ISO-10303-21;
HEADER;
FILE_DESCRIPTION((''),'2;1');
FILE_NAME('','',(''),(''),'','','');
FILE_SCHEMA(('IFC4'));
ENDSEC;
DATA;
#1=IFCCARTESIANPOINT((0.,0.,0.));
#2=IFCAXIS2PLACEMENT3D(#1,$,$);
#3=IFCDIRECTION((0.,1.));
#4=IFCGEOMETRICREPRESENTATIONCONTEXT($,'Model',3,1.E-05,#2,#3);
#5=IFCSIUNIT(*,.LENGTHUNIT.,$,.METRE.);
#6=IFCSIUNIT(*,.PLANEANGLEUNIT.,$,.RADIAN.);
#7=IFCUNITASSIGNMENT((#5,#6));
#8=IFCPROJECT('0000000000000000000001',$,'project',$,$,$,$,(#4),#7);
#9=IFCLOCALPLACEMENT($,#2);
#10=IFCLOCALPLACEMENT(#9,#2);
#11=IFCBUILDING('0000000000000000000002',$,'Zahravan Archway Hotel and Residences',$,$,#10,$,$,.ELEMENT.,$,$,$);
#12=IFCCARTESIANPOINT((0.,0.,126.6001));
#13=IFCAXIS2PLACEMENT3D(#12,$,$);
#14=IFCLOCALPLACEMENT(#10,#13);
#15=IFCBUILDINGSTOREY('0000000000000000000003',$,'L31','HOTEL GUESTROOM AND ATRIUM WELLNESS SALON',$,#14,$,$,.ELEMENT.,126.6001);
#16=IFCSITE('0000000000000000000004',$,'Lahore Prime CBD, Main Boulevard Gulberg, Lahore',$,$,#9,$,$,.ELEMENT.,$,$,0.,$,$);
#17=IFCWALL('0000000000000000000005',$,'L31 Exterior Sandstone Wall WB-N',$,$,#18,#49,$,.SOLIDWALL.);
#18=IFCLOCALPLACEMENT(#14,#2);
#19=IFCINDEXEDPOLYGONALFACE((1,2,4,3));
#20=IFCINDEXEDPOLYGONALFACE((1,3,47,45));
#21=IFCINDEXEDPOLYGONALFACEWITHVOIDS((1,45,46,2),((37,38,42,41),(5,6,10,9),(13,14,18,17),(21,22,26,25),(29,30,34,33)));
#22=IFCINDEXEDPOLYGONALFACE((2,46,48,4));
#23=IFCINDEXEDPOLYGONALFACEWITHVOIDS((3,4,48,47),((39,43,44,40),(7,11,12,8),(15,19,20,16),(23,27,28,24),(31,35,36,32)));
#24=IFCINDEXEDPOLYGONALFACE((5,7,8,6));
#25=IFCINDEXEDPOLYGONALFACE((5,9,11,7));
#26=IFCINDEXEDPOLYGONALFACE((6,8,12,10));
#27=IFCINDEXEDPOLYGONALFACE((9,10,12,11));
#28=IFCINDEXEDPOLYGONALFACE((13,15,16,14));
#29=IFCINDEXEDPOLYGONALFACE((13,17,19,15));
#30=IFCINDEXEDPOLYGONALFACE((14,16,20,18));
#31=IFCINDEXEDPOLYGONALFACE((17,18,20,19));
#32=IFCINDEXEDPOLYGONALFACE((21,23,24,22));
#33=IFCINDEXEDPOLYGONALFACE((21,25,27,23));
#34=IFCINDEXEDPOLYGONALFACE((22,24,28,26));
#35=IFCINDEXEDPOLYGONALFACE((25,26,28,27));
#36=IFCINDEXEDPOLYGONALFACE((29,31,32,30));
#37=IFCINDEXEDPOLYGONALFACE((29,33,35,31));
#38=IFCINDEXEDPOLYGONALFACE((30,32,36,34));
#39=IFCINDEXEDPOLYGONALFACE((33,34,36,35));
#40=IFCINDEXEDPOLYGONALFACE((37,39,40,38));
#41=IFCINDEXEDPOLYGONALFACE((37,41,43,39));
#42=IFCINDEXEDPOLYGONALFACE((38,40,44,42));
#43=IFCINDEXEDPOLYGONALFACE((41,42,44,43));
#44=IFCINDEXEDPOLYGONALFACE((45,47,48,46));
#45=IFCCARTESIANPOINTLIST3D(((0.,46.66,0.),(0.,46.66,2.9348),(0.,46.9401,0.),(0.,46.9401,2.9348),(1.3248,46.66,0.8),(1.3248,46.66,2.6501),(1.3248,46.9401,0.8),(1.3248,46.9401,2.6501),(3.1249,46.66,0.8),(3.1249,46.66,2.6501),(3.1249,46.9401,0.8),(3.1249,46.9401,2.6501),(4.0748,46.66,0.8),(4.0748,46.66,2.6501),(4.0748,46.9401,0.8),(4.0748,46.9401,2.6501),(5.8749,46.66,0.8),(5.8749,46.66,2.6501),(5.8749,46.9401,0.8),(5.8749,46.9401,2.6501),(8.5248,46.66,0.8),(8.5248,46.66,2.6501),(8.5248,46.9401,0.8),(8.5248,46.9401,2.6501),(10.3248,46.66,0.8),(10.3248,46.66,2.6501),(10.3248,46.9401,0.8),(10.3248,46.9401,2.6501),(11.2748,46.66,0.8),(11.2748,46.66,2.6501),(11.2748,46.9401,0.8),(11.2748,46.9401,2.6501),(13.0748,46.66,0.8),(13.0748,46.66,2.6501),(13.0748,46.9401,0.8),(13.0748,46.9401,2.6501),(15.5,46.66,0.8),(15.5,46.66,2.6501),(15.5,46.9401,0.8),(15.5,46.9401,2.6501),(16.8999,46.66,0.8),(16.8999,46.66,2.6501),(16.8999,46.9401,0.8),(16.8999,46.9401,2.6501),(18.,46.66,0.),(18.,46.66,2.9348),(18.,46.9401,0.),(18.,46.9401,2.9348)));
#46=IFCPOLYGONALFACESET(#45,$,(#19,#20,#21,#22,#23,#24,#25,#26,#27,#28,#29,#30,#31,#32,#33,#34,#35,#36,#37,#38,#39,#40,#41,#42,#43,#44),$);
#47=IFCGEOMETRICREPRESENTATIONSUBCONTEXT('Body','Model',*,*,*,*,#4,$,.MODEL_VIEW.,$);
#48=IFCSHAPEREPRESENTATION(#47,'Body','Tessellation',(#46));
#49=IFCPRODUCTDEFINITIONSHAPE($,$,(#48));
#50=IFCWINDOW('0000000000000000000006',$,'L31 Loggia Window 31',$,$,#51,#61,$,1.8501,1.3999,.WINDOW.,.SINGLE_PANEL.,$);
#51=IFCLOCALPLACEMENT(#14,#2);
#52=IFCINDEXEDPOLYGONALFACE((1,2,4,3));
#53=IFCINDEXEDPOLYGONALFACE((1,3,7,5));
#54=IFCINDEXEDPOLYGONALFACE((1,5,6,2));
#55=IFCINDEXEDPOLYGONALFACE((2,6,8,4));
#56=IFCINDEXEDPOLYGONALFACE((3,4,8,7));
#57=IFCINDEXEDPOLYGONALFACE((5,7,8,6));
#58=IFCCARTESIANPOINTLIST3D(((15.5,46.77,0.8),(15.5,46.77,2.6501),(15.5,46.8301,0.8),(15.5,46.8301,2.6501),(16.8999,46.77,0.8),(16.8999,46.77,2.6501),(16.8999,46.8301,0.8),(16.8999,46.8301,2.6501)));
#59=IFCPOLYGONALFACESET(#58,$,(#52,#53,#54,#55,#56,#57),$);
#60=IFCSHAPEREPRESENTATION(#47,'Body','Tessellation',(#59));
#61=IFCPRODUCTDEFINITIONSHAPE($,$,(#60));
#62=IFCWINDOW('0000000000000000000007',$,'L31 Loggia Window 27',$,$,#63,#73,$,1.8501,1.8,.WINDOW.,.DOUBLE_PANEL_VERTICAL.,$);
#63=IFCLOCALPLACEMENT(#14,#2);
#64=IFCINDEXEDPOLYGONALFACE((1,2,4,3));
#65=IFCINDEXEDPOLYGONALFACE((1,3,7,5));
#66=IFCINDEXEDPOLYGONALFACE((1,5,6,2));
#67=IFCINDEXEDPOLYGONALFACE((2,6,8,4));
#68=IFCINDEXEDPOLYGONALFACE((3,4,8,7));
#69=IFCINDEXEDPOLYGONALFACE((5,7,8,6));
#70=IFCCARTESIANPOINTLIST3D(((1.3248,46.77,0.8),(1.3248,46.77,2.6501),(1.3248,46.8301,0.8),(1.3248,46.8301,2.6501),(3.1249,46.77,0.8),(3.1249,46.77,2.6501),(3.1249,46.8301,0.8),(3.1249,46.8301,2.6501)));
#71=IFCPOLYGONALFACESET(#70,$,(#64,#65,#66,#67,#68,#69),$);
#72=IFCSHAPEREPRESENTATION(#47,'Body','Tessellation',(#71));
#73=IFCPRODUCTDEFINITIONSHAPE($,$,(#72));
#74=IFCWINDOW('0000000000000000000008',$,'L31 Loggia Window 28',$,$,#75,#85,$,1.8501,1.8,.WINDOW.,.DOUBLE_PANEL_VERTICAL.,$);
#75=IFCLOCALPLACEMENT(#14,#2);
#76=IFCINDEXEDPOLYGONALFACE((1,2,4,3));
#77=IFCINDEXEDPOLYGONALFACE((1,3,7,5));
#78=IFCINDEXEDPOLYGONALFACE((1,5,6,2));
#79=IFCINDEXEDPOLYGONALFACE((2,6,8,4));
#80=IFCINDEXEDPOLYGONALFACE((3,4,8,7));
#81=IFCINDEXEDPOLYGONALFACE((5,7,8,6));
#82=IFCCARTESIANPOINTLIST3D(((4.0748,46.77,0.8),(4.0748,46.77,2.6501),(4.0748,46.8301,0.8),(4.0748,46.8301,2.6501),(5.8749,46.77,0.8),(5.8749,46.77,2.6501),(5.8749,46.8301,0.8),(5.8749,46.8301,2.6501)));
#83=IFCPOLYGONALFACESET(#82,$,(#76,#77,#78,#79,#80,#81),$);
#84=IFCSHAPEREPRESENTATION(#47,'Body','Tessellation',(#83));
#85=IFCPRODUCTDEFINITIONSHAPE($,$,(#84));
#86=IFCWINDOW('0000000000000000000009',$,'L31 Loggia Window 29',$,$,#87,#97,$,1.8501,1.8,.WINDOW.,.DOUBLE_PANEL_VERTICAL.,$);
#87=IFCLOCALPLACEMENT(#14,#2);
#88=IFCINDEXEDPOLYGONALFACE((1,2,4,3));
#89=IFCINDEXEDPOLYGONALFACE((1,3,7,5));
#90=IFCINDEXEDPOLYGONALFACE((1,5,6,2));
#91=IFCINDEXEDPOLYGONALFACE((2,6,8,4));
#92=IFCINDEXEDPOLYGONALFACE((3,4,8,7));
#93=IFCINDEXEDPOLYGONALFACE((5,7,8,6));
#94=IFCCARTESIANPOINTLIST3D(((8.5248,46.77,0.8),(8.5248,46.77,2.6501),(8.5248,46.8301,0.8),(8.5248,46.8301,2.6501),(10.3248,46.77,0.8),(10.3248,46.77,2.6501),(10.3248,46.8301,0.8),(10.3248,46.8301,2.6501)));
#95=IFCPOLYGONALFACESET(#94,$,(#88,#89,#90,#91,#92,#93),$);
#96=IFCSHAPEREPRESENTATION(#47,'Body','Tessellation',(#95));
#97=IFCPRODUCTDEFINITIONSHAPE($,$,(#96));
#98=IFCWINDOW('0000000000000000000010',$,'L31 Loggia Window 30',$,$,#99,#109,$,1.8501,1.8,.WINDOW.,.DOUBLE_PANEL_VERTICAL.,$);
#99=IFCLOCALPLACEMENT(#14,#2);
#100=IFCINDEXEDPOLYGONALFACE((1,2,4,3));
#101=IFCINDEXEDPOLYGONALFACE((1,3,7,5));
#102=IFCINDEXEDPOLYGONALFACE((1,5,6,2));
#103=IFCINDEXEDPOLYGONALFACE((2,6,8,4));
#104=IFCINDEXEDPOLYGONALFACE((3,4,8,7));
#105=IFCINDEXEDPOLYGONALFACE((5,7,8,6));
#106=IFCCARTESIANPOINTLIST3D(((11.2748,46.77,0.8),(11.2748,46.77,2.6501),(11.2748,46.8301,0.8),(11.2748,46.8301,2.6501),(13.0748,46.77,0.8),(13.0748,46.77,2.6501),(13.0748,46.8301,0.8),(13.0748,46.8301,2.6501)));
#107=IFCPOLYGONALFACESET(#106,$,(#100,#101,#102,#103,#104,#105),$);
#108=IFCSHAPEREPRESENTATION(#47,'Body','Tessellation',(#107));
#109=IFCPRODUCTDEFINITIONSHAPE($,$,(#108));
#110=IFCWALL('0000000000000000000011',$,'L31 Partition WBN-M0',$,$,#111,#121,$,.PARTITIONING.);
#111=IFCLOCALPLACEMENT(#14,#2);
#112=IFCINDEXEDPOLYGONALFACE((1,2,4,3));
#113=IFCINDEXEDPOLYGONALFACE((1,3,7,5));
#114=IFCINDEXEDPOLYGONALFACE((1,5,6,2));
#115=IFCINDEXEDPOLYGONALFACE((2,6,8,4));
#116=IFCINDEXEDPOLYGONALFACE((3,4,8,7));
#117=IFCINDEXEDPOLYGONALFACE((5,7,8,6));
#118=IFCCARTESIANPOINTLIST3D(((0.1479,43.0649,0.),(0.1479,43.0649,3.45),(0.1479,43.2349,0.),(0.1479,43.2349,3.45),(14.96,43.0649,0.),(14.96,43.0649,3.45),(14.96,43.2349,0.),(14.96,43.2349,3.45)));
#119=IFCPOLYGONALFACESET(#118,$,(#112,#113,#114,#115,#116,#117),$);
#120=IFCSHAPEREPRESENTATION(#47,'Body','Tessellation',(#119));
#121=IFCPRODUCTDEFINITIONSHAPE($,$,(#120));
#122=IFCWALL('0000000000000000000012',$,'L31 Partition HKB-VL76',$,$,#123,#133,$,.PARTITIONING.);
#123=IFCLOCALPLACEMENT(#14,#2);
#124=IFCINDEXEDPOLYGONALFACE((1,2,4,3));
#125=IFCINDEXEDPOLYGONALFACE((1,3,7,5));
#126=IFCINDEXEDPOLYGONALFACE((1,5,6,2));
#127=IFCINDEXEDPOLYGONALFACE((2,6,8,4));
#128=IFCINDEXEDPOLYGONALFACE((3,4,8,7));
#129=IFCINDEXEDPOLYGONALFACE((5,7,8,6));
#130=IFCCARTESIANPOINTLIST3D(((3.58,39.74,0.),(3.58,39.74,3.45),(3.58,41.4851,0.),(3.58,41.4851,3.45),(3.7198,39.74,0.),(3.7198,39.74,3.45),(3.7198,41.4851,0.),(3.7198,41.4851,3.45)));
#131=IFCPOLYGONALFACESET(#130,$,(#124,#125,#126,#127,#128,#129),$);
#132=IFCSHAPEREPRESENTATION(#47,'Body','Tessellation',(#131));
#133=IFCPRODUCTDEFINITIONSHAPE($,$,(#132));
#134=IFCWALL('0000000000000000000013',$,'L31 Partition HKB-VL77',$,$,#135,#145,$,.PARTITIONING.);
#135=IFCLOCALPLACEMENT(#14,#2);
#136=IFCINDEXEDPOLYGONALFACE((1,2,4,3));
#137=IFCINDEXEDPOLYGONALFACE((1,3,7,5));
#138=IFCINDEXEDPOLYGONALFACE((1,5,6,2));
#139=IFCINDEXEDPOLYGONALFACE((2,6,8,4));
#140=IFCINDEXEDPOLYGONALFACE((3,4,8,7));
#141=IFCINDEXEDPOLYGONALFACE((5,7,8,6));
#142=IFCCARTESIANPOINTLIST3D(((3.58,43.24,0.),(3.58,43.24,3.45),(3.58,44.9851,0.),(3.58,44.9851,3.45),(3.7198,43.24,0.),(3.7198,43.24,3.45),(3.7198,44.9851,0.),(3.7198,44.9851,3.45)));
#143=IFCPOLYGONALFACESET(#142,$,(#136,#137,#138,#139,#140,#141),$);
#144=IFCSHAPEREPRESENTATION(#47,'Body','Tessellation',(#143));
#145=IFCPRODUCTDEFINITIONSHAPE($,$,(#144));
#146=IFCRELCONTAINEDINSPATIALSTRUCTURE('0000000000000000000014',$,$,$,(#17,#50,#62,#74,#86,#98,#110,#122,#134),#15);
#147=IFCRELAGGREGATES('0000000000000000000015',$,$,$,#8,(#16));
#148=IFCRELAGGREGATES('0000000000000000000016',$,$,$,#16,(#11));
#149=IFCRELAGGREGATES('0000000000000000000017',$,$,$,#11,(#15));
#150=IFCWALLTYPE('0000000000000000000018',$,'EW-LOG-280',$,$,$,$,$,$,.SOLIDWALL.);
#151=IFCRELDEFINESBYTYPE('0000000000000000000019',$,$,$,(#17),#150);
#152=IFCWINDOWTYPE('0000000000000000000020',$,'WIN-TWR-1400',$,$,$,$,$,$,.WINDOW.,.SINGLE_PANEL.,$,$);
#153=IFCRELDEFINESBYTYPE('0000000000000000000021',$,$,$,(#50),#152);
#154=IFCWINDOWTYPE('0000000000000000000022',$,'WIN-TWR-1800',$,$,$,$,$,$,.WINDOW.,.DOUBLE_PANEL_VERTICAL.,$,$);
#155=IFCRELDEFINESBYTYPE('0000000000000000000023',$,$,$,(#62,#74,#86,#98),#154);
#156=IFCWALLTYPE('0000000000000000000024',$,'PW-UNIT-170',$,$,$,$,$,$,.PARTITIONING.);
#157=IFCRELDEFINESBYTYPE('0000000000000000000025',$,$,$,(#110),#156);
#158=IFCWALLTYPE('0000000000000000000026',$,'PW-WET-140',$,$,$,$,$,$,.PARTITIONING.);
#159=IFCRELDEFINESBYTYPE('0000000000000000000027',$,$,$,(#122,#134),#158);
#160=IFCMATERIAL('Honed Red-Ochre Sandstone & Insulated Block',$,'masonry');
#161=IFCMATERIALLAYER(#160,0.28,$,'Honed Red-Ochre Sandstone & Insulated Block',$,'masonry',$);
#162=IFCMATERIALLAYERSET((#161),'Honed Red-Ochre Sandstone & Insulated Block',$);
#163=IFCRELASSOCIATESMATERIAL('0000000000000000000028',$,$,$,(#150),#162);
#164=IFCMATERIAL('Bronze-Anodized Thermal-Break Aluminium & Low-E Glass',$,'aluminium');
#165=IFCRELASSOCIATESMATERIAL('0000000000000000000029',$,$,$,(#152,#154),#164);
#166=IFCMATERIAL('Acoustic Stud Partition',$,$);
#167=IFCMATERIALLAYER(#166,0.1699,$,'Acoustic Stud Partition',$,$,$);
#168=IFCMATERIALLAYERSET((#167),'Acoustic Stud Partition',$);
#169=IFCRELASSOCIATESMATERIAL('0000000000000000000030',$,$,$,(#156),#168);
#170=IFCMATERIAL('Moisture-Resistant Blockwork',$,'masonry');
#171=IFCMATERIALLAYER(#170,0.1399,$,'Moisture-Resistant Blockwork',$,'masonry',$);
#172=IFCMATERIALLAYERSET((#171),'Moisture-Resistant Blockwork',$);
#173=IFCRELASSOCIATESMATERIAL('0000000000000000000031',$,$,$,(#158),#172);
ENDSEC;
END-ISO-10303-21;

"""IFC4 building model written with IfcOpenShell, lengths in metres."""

from ifc_helpers import new_model, si_unit, direction, frame, frame_2d, origin, place, context, subcontext, project, spatial, rectangle, extrude, source, transform, mapped, material, layer, layer_set, type_object, type_shapes, element, fill, save


model = new_model("IFC4")

# Units and contexts
model_context = context("Model", 3, precision=1e-05, world=origin(), true_north=direction((0.0, 1.0)))
body_context = subcontext(model_context, "Body", "Model", "MODEL_VIEW")
ifc_project = project(units=[si_unit("LENGTHUNIT", "METRE"), si_unit("PLANEANGLEUNIT", "RADIAN")], contexts=[model_context])

# Site, building, storey
site_placement = place(None, origin())
site = spatial("IfcSite", under=ifc_project, at=site_placement, Name="Lahore Prime CBD, Main Boulevard Gulberg, Lahore", CompositionType="ELEMENT", RefElevation=0.0)
building_placement = place(site_placement, origin())
building = spatial("IfcBuilding", under=site, at=building_placement, Name="Zahravan Archway Hotel and Residences", CompositionType="ELEMENT")
storey_placement = place(building_placement, frame((0.0, 0.0, 126.6001)))
storey = spatial("IfcBuildingStorey", under=building, at=storey_placement, Name="L31", Description="HOTEL GUESTROOM AND ATRIUM WELLNESS SALON", CompositionType="ELEMENT", Elevation=126.6001)

# Wall, openings, windows
ifc_material_1 = material(Name="Honed Red-Ochre Sandstone & Insulated Block", Category="masonry")
ifc_layer_1 = layer(ifc_material_1, 0.28, Name="Honed Red-Ochre Sandstone & Insulated Block", Category="masonry")
ifc_layer_set_1 = layer_set([ifc_layer_1], Name="Honed Red-Ochre Sandstone & Insulated Block")
wall_type_1 = type_object("IfcWallType", Name="EW-LOG-280", PredefinedType="SOLIDWALL", material=ifc_layer_set_1)
wall_1_placement = place(storey_placement, frame((0.0, 46.8, 0.0), z_axis=(0.0, 0.0, 1.0), x_axis=(1.0, 0.0, 0.0)))
wall_1 = element("IfcWall", 1, at=wall_1_placement, inside=storey, type_object=wall_type_1, Name="L31 Exterior Sandstone Wall WB-N", PredefinedType="SOLIDWALL", context=body_context, shape_type="SweptSolid", body=[
    extrude(rectangle(XDim=18.0, YDim=0.28, at=frame_2d((9.0, 0.0))), origin(), (0.0, 0.0, 1.0), 2.9348),
])
opening_1_placement = place(wall_1_placement, frame((1.325, 0.0, 0.8)))
opening_1 = element("IfcOpeningElement", 2, at=opening_1_placement, cuts=wall_1, PredefinedType="OPENING", context=body_context, shape_type="SweptSolid", body=[
    extrude(rectangle(XDim=1.8, YDim=1.8501, at=frame_2d((0.8999, 0.925))), frame((0.0, 0.1499, 0.0), z_axis=(0.0, -1.0, 0.0), x_axis=(1.0, 0.0, 0.0)), (0.0, 0.0, 1.0), 0.3),
])
opening_2_placement = place(wall_1_placement, frame((4.075, 0.0, 0.8)))
opening_2 = element("IfcOpeningElement", 3, at=opening_2_placement, cuts=wall_1, PredefinedType="OPENING", context=body_context, shape_type="SweptSolid", body=[
    extrude(rectangle(XDim=1.8, YDim=1.8501, at=frame_2d((0.8999, 0.925))), frame((0.0, 0.1499, 0.0), z_axis=(0.0, -1.0, 0.0), x_axis=(1.0, 0.0, 0.0)), (0.0, 0.0, 1.0), 0.3),
])
opening_3_placement = place(wall_1_placement, frame((8.5249, 0.0, 0.8)))
opening_3 = element("IfcOpeningElement", 4, at=opening_3_placement, cuts=wall_1, PredefinedType="OPENING", context=body_context, shape_type="SweptSolid", body=[
    extrude(rectangle(XDim=1.8, YDim=1.8501, at=frame_2d((0.8999, 0.925))), frame((0.0, 0.1499, 0.0), z_axis=(0.0, -1.0, 0.0), x_axis=(1.0, 0.0, 0.0)), (0.0, 0.0, 1.0), 0.3),
])
opening_4_placement = place(wall_1_placement, frame((11.2749, 0.0, 0.8)))
opening_4 = element("IfcOpeningElement", 5, at=opening_4_placement, cuts=wall_1, PredefinedType="OPENING", context=body_context, shape_type="SweptSolid", body=[
    extrude(rectangle(XDim=1.8, YDim=1.8501, at=frame_2d((0.8999, 0.925))), frame((0.0, 0.1499, 0.0), z_axis=(0.0, -1.0, 0.0), x_axis=(1.0, 0.0, 0.0)), (0.0, 0.0, 1.0), 0.3),
])
opening_5_placement = place(wall_1_placement, frame((15.5, 0.0, 0.8)))
opening_5 = element("IfcOpeningElement", 6, at=opening_5_placement, cuts=wall_1, PredefinedType="OPENING", context=body_context, shape_type="SweptSolid", body=[
    extrude(rectangle(XDim=1.3999, YDim=1.8501, at=frame_2d((0.7, 0.925))), frame((0.0, 0.1499, 0.0), z_axis=(0.0, -1.0, 0.0), x_axis=(1.0, 0.0, 0.0)), (0.0, 0.0, 1.0), 0.3),
])
ifc_material_2 = material(Name="Bronze-Anodized Thermal-Break Aluminium & Low-E Glass", Category="aluminium")
window_type_1 = type_object("IfcWindowType", Name="WIN-TWR-1400", PartitioningType="SINGLE_PANEL", PredefinedType="WINDOW", material=ifc_material_2)
shared_shape_1 = source(origin(), body_context, "Body", "SweptSolid", [
    extrude(rectangle(XDim=1.3999, YDim=1.8501, at=frame_2d((0.7, 0.925))), frame((0.0, 0.03, 0.0), z_axis=(0.0, -1.0, 0.0), x_axis=(1.0, 0.0, 0.0)), (0.0, 0.0, 1.0), 0.0601),
])
type_shapes(window_type_1, [shared_shape_1])
window_1_placement = place(opening_5_placement, origin())
window_1 = element("IfcWindow", 7, at=window_1_placement, inside=storey, type_object=window_type_1, Name="L31 Loggia Window 31", OverallHeight=1.8501, OverallWidth=1.3999, PartitioningType="SINGLE_PANEL", PredefinedType="WINDOW", context=body_context, shape_type="MappedRepresentation", body=[
    mapped(shared_shape_1, transform((0.0, 0.0, 0.0), scale=1.0)),
])
fill(opening_5, window_1)
window_type_2 = type_object("IfcWindowType", Name="WIN-TWR-1800", PartitioningType="DOUBLE_PANEL_VERTICAL", PredefinedType="WINDOW", material=ifc_material_2)
shared_shape_2 = source(origin(), body_context, "Body", "SweptSolid", [
    extrude(rectangle(XDim=1.8, YDim=1.8501, at=frame_2d((0.8999, 0.925))), frame((0.0, 0.03, 0.0), z_axis=(0.0, -1.0, 0.0), x_axis=(1.0, 0.0, 0.0)), (0.0, 0.0, 1.0), 0.0601),
])
type_shapes(window_type_2, [shared_shape_2])
window_2_placement = place(opening_1_placement, origin())
window_2 = element("IfcWindow", 8, at=window_2_placement, inside=storey, type_object=window_type_2, Name="L31 Loggia Window 27", OverallHeight=1.8501, OverallWidth=1.8, PartitioningType="DOUBLE_PANEL_VERTICAL", PredefinedType="WINDOW", context=body_context, shape_type="MappedRepresentation", body=[
    mapped(shared_shape_2, transform((0.0, 0.0, 0.0), scale=1.0)),
])
fill(opening_1, window_2)
window_3_placement = place(opening_2_placement, origin())
window_3 = element("IfcWindow", 9, at=window_3_placement, inside=storey, type_object=window_type_2, Name="L31 Loggia Window 28", OverallHeight=1.8501, OverallWidth=1.8, PartitioningType="DOUBLE_PANEL_VERTICAL", PredefinedType="WINDOW", context=body_context, shape_type="MappedRepresentation", body=[
    mapped(shared_shape_2, transform((0.0, 0.0, 0.0), scale=1.0)),
])
fill(opening_2, window_3)
window_4_placement = place(opening_3_placement, origin())
window_4 = element("IfcWindow", 10, at=window_4_placement, inside=storey, type_object=window_type_2, Name="L31 Loggia Window 29", OverallHeight=1.8501, OverallWidth=1.8, PartitioningType="DOUBLE_PANEL_VERTICAL", PredefinedType="WINDOW", context=body_context, shape_type="MappedRepresentation", body=[
    mapped(shared_shape_2, transform((0.0, 0.0, 0.0), scale=1.0)),
])
fill(opening_3, window_4)
window_5_placement = place(opening_4_placement, origin())
window_5 = element("IfcWindow", 11, at=window_5_placement, inside=storey, type_object=window_type_2, Name="L31 Loggia Window 30", OverallHeight=1.8501, OverallWidth=1.8, PartitioningType="DOUBLE_PANEL_VERTICAL", PredefinedType="WINDOW", context=body_context, shape_type="MappedRepresentation", body=[
    mapped(shared_shape_2, transform((0.0, 0.0, 0.0), scale=1.0)),
])
fill(opening_4, window_5)

# Shared definitions
ifc_material_3 = material(Name="Acoustic Stud Partition")
ifc_layer_2 = layer(ifc_material_3, 0.1699, Name="Acoustic Stud Partition")
ifc_layer_set_2 = layer_set([ifc_layer_2], Name="Acoustic Stud Partition")
wall_type_2 = type_object("IfcWallType", Name="PW-UNIT-170", PredefinedType="PARTITIONING", material=ifc_layer_set_2)

# Walls
wall_2_placement = place(storey_placement, frame((0.1479, 43.1499, 0.0), z_axis=(0.0, 0.0, 1.0), x_axis=(1.0, 0.0, 0.0)))
element("IfcWall", 12, at=wall_2_placement, inside=storey, type_object=wall_type_2, Name="L31 Partition WBN-M0", PredefinedType="PARTITIONING", context=body_context, shape_type="SweptSolid", body=[
    extrude(rectangle(XDim=14.812, YDim=0.1699, at=frame_2d((7.406, 0.0))), origin(), (0.0, 0.0, 1.0), 3.45),
])
ifc_material_4 = material(Name="Moisture-Resistant Blockwork", Category="masonry")
ifc_layer_3 = layer(ifc_material_4, 0.1399, Name="Moisture-Resistant Blockwork", Category="masonry")
ifc_layer_set_3 = layer_set([ifc_layer_3], Name="Moisture-Resistant Blockwork")
wall_type_3 = type_object("IfcWallType", Name="PW-WET-140", PredefinedType="PARTITIONING", material=ifc_layer_set_3)
for number, where, z_axis, x_axis, name in (
    (13, (3.6499, 39.74, 0.0), (0.0, 0.0, 1.0), (0.0, 1.0, 0.0), "L31 Partition HKB-VL76"),
    (14, (3.6499, 43.24, 0.0), (0.0, 0.0, 1.0), (0.0, 1.0, 0.0), "L31 Partition HKB-VL77"),
):
    element("IfcWall", number, at=place(storey_placement, frame(where, z_axis=z_axis, x_axis=x_axis)), inside=storey, type_object=wall_type_3, Name=name, PredefinedType="PARTITIONING", context=body_context, shape_type="SweptSolid", body=[
        extrude(rectangle(XDim=1.7451, YDim=0.1399, at=frame_2d((0.8726, 0.0))), origin(), (0.0, 0.0, 1.0), 3.45),
    ])

save(model, "model.ifc")
